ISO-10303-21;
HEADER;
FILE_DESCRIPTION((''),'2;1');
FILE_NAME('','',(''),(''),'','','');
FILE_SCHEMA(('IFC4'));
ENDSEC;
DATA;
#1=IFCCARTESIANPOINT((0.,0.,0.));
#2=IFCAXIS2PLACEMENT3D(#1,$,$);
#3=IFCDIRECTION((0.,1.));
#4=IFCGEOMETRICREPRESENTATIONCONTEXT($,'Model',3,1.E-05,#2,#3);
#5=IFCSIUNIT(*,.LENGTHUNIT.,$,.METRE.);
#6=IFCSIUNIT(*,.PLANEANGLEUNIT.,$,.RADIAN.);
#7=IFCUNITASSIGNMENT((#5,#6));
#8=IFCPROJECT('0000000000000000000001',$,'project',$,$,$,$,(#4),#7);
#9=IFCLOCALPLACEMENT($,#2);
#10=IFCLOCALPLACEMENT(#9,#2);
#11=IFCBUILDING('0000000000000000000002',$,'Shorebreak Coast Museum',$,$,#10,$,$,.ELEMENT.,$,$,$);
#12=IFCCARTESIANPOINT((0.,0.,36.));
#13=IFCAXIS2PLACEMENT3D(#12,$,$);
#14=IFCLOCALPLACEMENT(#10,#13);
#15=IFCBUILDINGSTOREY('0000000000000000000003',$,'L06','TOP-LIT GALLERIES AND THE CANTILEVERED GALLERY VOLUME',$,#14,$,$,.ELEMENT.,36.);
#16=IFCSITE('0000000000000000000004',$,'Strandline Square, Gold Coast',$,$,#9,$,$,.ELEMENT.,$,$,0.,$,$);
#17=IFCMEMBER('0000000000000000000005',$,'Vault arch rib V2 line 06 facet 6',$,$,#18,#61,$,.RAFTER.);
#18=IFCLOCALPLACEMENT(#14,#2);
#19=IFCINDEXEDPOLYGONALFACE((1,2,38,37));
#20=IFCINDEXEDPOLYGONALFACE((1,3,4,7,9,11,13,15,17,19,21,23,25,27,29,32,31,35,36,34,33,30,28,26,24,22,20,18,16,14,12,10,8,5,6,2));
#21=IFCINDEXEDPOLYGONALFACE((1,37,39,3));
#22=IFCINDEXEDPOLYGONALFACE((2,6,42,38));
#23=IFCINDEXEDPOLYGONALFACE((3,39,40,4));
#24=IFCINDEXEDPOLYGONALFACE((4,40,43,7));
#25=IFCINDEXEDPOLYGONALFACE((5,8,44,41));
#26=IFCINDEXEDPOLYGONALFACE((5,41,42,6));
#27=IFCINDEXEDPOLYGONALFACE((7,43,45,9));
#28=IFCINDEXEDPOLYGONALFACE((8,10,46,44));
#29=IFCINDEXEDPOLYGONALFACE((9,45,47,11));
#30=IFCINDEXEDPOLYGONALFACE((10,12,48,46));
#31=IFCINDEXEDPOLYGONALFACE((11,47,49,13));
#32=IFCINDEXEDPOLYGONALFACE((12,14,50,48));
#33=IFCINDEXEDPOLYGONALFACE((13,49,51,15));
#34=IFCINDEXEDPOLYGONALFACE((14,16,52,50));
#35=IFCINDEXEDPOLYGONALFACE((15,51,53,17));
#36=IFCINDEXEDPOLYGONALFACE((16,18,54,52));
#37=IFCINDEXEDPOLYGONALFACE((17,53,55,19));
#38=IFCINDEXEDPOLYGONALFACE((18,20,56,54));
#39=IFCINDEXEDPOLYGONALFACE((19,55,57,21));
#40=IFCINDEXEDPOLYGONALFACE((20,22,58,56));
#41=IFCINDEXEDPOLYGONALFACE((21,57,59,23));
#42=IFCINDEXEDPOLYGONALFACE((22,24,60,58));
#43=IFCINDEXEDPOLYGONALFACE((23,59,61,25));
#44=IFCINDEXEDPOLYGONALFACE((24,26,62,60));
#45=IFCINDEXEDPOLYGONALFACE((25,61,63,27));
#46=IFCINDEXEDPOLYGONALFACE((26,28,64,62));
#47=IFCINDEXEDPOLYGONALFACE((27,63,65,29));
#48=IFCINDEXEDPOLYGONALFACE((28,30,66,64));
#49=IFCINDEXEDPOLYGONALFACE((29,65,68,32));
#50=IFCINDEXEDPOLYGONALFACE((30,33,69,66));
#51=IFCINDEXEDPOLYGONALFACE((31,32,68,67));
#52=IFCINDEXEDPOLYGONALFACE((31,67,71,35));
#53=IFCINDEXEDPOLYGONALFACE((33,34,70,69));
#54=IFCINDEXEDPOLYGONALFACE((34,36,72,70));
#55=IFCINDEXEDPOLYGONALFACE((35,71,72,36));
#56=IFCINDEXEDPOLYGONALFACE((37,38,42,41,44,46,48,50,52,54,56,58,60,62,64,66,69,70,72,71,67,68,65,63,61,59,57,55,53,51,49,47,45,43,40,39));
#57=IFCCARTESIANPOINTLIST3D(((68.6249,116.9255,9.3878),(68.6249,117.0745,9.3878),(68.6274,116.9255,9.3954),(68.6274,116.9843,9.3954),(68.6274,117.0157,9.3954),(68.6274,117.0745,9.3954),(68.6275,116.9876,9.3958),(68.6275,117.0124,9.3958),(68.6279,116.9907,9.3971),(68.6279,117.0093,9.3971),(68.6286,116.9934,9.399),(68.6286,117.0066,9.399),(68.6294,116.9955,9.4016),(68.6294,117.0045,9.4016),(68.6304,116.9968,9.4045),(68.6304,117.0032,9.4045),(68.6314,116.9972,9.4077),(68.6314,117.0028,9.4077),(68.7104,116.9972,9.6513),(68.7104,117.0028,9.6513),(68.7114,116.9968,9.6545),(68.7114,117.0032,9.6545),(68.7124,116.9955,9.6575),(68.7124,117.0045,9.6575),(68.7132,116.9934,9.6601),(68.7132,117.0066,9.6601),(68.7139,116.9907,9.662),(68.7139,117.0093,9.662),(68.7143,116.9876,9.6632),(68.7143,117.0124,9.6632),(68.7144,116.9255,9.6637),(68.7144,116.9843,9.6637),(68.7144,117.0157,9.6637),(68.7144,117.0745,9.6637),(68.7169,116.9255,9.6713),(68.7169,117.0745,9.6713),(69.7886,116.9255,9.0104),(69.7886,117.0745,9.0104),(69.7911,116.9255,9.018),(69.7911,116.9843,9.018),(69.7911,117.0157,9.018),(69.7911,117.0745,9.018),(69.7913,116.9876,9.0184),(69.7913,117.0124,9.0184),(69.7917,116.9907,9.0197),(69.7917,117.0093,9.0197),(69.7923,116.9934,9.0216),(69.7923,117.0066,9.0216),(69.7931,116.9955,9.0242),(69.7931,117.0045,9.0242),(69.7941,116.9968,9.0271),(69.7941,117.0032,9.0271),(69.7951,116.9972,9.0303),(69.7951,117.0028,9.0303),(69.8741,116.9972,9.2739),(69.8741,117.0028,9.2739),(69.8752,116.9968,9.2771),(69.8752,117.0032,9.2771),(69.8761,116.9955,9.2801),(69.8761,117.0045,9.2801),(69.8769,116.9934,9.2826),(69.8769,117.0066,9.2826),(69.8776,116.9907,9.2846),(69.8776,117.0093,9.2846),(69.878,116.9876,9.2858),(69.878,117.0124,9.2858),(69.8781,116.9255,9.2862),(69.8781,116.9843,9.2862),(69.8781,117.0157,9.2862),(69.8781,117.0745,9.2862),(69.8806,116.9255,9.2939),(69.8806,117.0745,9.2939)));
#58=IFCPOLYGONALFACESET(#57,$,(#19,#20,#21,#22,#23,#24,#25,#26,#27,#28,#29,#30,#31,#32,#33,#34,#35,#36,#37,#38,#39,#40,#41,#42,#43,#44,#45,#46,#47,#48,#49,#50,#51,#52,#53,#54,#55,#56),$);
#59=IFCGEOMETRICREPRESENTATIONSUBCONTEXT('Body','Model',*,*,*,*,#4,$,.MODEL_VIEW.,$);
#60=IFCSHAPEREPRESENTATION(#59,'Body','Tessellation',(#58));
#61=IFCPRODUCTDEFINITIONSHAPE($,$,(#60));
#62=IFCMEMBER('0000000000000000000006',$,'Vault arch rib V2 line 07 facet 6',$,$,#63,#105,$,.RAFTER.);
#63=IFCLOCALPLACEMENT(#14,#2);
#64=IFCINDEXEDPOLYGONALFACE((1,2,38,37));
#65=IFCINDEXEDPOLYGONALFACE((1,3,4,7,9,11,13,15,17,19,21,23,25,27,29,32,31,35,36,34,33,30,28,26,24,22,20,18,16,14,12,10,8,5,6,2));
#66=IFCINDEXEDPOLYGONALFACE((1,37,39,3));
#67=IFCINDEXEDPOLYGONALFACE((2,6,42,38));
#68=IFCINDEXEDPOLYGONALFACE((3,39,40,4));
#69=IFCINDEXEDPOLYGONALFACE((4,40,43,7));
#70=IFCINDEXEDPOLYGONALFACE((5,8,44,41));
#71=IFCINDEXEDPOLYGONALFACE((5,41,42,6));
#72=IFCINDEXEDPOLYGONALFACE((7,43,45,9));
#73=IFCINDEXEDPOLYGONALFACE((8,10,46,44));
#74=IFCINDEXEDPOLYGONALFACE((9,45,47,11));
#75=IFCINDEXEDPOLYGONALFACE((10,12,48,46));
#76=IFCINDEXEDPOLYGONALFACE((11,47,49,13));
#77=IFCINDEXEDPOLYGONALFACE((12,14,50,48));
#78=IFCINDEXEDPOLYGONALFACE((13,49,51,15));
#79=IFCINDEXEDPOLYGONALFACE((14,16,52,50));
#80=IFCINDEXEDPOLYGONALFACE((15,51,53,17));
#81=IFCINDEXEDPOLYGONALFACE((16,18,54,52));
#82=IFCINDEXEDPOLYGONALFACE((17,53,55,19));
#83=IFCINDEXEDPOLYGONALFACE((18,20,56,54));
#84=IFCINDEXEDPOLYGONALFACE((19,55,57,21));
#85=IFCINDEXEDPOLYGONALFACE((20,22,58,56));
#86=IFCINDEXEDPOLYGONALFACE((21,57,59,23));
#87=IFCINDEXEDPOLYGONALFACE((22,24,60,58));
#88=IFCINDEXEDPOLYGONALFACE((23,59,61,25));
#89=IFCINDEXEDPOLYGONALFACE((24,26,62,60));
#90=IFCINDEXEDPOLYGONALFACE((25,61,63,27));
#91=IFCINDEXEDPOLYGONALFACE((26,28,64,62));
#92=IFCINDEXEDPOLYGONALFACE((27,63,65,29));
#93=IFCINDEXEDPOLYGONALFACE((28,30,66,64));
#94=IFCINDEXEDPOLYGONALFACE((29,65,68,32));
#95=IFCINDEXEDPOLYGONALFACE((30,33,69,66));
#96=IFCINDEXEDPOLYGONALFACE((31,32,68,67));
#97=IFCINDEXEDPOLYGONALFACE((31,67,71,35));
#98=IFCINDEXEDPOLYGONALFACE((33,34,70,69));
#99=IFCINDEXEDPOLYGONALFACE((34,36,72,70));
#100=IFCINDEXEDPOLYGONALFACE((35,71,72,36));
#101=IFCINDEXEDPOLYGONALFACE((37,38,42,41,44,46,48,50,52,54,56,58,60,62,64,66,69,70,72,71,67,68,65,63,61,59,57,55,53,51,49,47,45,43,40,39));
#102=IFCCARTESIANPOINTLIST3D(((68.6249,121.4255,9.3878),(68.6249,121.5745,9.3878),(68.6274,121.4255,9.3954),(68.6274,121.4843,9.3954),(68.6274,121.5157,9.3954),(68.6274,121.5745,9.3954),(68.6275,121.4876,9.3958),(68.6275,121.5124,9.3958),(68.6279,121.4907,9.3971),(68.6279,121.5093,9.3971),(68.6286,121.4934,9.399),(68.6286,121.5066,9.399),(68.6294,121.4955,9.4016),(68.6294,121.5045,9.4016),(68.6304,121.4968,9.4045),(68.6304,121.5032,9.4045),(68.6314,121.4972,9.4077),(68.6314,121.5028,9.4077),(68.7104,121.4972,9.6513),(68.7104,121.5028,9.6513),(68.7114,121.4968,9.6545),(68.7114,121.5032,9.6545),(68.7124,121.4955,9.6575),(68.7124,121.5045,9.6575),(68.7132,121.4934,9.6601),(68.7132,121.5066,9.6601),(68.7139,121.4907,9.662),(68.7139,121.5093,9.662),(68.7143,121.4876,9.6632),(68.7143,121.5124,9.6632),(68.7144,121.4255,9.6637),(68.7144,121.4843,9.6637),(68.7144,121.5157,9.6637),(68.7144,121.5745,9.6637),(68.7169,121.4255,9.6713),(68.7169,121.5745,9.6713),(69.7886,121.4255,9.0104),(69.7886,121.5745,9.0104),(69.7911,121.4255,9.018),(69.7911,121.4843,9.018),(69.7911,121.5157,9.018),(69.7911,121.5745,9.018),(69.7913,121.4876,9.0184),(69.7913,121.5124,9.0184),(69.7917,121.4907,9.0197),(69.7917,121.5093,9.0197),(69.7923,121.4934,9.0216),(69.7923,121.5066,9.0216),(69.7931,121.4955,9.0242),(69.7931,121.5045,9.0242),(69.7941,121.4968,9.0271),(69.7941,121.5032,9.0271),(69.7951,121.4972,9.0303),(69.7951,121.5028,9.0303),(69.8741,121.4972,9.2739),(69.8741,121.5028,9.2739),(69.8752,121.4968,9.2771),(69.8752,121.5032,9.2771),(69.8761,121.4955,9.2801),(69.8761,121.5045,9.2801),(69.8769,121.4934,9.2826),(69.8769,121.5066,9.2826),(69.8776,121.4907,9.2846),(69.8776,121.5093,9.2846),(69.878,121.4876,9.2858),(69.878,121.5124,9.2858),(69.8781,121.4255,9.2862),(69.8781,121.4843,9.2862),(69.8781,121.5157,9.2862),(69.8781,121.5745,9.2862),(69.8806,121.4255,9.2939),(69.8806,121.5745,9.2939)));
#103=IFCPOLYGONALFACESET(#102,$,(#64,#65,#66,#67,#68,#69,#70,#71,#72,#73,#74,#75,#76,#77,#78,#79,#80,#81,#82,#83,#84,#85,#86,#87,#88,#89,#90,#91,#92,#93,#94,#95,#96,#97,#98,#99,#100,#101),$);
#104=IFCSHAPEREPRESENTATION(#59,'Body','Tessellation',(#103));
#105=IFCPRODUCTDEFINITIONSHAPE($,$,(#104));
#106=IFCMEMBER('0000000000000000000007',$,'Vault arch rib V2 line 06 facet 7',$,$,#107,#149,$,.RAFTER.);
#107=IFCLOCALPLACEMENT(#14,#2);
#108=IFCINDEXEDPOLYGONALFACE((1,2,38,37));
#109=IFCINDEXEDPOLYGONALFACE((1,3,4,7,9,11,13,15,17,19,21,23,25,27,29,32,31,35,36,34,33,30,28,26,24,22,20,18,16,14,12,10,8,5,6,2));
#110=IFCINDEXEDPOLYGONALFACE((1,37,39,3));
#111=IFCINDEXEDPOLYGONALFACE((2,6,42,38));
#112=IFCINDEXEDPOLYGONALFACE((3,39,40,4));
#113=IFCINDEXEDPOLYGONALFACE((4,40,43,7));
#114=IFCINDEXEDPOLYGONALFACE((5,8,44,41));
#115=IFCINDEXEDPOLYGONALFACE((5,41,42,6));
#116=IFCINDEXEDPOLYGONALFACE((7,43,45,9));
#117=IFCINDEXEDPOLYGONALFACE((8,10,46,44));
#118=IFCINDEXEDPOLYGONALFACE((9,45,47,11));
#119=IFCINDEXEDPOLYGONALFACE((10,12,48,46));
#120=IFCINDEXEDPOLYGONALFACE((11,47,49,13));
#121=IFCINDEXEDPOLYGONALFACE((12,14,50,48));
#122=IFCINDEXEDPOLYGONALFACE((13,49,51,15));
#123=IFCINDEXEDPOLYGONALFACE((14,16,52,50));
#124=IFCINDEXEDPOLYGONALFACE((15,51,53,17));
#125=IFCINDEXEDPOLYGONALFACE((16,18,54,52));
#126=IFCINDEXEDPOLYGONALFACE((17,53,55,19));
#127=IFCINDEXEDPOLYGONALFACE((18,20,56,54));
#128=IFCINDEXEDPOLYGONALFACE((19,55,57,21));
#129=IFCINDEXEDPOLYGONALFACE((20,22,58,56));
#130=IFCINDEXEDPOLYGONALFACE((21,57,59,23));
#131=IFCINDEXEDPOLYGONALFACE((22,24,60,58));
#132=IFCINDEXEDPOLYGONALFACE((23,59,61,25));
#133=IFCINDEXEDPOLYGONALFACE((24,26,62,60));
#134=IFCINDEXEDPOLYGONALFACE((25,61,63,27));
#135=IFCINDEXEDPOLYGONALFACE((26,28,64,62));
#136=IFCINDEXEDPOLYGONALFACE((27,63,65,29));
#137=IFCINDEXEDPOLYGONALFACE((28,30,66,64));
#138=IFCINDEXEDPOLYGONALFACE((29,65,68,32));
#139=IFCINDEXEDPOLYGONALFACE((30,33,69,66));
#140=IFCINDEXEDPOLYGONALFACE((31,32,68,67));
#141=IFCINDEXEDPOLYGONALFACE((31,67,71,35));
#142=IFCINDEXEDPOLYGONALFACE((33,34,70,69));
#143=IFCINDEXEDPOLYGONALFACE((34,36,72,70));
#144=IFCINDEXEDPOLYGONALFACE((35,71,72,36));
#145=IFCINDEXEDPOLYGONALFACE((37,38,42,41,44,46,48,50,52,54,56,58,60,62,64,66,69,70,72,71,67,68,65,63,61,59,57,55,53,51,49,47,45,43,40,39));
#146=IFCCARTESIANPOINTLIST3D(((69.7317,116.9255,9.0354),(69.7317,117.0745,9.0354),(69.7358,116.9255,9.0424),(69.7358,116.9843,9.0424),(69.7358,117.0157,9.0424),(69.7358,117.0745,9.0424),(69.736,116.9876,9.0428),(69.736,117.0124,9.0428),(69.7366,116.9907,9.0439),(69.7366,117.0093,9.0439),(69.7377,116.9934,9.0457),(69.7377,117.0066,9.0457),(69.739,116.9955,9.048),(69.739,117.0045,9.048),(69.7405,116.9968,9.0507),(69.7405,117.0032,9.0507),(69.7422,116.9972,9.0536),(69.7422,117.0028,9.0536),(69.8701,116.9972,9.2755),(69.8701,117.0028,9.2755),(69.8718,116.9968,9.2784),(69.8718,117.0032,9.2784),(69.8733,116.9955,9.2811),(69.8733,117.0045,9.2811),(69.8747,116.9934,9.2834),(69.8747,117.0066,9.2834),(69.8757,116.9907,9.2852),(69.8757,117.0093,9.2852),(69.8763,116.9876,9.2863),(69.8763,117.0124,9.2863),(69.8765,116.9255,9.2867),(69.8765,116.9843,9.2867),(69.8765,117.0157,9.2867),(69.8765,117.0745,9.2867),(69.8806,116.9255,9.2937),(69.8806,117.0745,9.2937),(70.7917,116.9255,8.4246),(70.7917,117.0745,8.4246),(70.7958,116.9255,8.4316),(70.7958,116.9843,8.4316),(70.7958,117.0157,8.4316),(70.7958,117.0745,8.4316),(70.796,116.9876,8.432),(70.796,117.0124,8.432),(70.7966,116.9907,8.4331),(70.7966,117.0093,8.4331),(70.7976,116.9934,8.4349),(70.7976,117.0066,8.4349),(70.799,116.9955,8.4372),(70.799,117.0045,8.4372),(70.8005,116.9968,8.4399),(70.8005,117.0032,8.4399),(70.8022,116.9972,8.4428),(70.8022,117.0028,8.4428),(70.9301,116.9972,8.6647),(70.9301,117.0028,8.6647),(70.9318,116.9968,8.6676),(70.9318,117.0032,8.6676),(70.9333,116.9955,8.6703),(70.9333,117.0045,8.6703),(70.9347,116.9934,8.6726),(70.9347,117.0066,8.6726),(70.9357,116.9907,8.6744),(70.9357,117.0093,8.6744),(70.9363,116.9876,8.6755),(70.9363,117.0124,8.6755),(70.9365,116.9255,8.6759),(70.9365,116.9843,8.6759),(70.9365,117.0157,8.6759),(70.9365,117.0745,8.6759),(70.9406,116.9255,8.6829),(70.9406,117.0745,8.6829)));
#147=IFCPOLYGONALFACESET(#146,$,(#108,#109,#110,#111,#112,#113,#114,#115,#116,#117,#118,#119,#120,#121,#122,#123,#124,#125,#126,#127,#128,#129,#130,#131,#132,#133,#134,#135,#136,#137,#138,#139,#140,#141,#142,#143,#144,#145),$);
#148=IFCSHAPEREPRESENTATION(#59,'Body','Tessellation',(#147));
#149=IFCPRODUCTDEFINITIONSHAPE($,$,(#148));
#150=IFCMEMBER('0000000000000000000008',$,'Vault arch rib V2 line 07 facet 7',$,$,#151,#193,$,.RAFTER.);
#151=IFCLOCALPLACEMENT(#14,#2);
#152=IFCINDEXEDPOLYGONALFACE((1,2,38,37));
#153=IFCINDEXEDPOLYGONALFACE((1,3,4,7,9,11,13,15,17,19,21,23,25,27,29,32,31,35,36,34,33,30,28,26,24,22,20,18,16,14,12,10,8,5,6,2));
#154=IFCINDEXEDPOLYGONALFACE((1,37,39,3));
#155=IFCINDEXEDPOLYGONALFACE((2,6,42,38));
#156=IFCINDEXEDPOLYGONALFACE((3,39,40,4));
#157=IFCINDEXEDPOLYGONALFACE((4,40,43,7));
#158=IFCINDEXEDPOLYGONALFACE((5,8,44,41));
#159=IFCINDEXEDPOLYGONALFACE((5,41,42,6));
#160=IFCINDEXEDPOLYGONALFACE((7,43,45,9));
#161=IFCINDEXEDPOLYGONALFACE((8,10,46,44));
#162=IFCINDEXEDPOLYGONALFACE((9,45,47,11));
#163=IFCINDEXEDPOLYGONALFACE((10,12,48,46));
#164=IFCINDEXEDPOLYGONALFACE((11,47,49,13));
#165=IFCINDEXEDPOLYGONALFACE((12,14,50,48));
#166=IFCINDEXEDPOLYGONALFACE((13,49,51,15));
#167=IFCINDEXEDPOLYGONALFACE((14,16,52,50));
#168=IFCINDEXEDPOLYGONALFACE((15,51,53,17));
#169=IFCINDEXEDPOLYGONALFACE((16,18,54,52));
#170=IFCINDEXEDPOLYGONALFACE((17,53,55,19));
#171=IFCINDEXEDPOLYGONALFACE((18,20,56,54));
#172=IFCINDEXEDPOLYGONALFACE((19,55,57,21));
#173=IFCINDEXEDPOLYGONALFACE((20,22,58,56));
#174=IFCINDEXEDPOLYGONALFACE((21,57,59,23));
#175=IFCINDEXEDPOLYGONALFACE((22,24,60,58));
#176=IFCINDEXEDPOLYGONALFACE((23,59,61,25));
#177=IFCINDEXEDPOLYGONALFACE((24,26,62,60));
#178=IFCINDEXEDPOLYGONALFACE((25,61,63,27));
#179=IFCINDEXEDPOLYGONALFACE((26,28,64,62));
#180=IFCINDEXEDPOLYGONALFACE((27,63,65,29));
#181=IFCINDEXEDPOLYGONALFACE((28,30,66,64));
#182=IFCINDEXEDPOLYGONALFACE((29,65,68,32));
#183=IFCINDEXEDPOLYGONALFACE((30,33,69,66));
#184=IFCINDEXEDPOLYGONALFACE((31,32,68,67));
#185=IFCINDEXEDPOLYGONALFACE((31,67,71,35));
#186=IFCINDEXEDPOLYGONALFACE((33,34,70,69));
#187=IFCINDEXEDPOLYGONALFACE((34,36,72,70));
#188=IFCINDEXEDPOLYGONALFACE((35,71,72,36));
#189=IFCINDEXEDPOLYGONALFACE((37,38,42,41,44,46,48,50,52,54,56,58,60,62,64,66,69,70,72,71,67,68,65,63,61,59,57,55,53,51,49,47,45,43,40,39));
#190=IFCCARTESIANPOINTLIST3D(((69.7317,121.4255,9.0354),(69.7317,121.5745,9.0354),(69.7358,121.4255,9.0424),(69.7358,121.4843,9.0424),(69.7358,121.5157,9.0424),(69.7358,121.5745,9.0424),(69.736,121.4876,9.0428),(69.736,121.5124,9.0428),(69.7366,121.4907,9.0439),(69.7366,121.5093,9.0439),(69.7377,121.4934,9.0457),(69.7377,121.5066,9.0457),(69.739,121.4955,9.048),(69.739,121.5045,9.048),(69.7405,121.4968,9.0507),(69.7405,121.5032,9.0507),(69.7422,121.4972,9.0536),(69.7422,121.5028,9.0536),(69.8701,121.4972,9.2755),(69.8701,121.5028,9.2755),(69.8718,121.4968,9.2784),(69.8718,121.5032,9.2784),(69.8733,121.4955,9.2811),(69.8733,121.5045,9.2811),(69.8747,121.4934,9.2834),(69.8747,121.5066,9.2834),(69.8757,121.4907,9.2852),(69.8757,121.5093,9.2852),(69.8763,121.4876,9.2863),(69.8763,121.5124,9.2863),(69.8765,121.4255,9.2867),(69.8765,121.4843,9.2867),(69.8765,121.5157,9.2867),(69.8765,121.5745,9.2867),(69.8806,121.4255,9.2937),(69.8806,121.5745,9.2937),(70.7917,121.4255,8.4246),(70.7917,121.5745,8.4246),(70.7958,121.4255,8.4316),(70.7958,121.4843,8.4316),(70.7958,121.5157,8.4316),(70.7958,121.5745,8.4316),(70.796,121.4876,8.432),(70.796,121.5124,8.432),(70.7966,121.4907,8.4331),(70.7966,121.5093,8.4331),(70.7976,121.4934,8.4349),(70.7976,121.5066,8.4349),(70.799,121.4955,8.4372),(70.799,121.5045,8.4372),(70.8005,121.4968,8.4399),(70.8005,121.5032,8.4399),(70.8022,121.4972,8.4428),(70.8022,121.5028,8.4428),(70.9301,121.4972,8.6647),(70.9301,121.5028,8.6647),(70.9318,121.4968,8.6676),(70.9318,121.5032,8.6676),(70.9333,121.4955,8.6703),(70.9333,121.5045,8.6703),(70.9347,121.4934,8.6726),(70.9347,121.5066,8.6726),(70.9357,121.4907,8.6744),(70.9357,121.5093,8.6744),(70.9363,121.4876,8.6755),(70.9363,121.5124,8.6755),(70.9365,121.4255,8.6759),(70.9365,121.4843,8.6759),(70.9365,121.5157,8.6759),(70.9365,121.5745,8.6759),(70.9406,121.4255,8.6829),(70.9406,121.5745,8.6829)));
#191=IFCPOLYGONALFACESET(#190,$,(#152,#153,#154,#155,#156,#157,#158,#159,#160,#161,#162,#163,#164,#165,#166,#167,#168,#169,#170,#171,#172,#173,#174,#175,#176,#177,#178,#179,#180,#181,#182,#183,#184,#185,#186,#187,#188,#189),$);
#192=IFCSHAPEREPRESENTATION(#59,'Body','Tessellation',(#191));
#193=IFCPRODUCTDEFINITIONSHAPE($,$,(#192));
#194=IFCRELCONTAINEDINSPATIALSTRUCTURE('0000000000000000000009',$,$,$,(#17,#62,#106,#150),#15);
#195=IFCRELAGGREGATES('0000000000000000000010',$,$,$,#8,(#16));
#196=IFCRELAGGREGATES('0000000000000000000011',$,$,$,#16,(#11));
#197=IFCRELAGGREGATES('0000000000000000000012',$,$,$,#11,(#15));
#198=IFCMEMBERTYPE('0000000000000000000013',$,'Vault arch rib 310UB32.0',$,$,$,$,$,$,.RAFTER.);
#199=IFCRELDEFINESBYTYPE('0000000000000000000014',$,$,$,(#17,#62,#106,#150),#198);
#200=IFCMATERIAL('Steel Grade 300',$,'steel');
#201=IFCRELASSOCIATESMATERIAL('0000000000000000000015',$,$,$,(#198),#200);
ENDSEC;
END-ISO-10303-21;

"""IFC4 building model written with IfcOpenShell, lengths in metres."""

from ifc_helpers import new_model, si_unit, direction, frame, origin, origin_2d, place, context, subcontext, project, spatial, i_section, extrude, material, material_profile, profile_set, type_object, element, save


model = new_model("IFC4")

# Units and contexts
model_context = context("Model", 3, precision=1e-05, world=origin(), true_north=direction((0.0, 1.0)))
body_context = subcontext(model_context, "Body", "Model", "MODEL_VIEW")
ifc_project = project(units=[si_unit("LENGTHUNIT", "METRE"), si_unit("PLANEANGLEUNIT", "RADIAN")], contexts=[model_context])

# Site, building, storey
site_placement = place(None, origin())
site = spatial("IfcSite", under=ifc_project, at=site_placement, Name="Strandline Square, Gold Coast", CompositionType="ELEMENT", RefElevation=0.0)
building_placement = place(site_placement, origin())
building = spatial("IfcBuilding", under=site, at=building_placement, Name="Shorebreak Coast Museum", CompositionType="ELEMENT")
storey_placement = place(building_placement, frame((0.0, 0.0, 36.0)))
storey = spatial("IfcBuildingStorey", under=building, at=storey_placement, Name="L06", Description="TOP-LIT GALLERIES AND THE CANTILEVERED GALLERY VOLUME", CompositionType="ELEMENT", Elevation=36.0)

# Members
ifc_material_1 = material(Name="Steel Grade 300", Category="steel")
ifc_material_profile_1 = material_profile(ifc_material_1, i_section(OverallWidth=0.1489, OverallDepth=0.2981, WebThickness=0.0056, FlangeThickness=0.0081, FilletRadius=0.0129, at=origin_2d()), Name="310UB32.0")
ifc_profile_set_1 = profile_set([ifc_material_profile_1], Name="Steel Grade 300")
member_type_1 = type_object("IfcMemberType", Name="Vault arch rib 310UB32.0", PredefinedType="RAFTER", material=ifc_profile_set_1)
for number, where, z_axis, x_axis, name in (
    (1, (68.6709, 117.0, 9.5295), (0.951226, 0.0, -0.308495), (0.0, 1.0, 0.0), "Vault arch rib V2 line 06 facet 6"),
    (2, (68.6709, 121.5, 9.5295), (0.951226, 0.0, -0.308495), (0.0, 1.0, 0.0), "Vault arch rib V2 line 07 facet 6"),
    (3, (69.8062, 117.0, 9.1646), (0.866445, 0.0, -0.499273), (0.0, 1.0, 0.0), "Vault arch rib V2 line 06 facet 7"),
    (4, (69.8062, 121.5, 9.1646), (0.866445, 0.0, -0.499273), (0.0, 1.0, 0.0), "Vault arch rib V2 line 07 facet 7"),
):
    element("IfcMember", number, at=place(storey_placement, frame(where, z_axis=z_axis, x_axis=x_axis)), inside=storey, type_object=member_type_1, Name=name, PredefinedType="RAFTER", context=body_context, shape_type="SweptSolid", body=[
        extrude(i_section(OverallWidth=0.1489, OverallDepth=0.2981, WebThickness=0.0056, FlangeThickness=0.0081, FilletRadius=0.0129, at=origin_2d()), origin(), (0.0, 0.0, 1.0), 1.2234),
    ])

save(model, "model.ifc")
